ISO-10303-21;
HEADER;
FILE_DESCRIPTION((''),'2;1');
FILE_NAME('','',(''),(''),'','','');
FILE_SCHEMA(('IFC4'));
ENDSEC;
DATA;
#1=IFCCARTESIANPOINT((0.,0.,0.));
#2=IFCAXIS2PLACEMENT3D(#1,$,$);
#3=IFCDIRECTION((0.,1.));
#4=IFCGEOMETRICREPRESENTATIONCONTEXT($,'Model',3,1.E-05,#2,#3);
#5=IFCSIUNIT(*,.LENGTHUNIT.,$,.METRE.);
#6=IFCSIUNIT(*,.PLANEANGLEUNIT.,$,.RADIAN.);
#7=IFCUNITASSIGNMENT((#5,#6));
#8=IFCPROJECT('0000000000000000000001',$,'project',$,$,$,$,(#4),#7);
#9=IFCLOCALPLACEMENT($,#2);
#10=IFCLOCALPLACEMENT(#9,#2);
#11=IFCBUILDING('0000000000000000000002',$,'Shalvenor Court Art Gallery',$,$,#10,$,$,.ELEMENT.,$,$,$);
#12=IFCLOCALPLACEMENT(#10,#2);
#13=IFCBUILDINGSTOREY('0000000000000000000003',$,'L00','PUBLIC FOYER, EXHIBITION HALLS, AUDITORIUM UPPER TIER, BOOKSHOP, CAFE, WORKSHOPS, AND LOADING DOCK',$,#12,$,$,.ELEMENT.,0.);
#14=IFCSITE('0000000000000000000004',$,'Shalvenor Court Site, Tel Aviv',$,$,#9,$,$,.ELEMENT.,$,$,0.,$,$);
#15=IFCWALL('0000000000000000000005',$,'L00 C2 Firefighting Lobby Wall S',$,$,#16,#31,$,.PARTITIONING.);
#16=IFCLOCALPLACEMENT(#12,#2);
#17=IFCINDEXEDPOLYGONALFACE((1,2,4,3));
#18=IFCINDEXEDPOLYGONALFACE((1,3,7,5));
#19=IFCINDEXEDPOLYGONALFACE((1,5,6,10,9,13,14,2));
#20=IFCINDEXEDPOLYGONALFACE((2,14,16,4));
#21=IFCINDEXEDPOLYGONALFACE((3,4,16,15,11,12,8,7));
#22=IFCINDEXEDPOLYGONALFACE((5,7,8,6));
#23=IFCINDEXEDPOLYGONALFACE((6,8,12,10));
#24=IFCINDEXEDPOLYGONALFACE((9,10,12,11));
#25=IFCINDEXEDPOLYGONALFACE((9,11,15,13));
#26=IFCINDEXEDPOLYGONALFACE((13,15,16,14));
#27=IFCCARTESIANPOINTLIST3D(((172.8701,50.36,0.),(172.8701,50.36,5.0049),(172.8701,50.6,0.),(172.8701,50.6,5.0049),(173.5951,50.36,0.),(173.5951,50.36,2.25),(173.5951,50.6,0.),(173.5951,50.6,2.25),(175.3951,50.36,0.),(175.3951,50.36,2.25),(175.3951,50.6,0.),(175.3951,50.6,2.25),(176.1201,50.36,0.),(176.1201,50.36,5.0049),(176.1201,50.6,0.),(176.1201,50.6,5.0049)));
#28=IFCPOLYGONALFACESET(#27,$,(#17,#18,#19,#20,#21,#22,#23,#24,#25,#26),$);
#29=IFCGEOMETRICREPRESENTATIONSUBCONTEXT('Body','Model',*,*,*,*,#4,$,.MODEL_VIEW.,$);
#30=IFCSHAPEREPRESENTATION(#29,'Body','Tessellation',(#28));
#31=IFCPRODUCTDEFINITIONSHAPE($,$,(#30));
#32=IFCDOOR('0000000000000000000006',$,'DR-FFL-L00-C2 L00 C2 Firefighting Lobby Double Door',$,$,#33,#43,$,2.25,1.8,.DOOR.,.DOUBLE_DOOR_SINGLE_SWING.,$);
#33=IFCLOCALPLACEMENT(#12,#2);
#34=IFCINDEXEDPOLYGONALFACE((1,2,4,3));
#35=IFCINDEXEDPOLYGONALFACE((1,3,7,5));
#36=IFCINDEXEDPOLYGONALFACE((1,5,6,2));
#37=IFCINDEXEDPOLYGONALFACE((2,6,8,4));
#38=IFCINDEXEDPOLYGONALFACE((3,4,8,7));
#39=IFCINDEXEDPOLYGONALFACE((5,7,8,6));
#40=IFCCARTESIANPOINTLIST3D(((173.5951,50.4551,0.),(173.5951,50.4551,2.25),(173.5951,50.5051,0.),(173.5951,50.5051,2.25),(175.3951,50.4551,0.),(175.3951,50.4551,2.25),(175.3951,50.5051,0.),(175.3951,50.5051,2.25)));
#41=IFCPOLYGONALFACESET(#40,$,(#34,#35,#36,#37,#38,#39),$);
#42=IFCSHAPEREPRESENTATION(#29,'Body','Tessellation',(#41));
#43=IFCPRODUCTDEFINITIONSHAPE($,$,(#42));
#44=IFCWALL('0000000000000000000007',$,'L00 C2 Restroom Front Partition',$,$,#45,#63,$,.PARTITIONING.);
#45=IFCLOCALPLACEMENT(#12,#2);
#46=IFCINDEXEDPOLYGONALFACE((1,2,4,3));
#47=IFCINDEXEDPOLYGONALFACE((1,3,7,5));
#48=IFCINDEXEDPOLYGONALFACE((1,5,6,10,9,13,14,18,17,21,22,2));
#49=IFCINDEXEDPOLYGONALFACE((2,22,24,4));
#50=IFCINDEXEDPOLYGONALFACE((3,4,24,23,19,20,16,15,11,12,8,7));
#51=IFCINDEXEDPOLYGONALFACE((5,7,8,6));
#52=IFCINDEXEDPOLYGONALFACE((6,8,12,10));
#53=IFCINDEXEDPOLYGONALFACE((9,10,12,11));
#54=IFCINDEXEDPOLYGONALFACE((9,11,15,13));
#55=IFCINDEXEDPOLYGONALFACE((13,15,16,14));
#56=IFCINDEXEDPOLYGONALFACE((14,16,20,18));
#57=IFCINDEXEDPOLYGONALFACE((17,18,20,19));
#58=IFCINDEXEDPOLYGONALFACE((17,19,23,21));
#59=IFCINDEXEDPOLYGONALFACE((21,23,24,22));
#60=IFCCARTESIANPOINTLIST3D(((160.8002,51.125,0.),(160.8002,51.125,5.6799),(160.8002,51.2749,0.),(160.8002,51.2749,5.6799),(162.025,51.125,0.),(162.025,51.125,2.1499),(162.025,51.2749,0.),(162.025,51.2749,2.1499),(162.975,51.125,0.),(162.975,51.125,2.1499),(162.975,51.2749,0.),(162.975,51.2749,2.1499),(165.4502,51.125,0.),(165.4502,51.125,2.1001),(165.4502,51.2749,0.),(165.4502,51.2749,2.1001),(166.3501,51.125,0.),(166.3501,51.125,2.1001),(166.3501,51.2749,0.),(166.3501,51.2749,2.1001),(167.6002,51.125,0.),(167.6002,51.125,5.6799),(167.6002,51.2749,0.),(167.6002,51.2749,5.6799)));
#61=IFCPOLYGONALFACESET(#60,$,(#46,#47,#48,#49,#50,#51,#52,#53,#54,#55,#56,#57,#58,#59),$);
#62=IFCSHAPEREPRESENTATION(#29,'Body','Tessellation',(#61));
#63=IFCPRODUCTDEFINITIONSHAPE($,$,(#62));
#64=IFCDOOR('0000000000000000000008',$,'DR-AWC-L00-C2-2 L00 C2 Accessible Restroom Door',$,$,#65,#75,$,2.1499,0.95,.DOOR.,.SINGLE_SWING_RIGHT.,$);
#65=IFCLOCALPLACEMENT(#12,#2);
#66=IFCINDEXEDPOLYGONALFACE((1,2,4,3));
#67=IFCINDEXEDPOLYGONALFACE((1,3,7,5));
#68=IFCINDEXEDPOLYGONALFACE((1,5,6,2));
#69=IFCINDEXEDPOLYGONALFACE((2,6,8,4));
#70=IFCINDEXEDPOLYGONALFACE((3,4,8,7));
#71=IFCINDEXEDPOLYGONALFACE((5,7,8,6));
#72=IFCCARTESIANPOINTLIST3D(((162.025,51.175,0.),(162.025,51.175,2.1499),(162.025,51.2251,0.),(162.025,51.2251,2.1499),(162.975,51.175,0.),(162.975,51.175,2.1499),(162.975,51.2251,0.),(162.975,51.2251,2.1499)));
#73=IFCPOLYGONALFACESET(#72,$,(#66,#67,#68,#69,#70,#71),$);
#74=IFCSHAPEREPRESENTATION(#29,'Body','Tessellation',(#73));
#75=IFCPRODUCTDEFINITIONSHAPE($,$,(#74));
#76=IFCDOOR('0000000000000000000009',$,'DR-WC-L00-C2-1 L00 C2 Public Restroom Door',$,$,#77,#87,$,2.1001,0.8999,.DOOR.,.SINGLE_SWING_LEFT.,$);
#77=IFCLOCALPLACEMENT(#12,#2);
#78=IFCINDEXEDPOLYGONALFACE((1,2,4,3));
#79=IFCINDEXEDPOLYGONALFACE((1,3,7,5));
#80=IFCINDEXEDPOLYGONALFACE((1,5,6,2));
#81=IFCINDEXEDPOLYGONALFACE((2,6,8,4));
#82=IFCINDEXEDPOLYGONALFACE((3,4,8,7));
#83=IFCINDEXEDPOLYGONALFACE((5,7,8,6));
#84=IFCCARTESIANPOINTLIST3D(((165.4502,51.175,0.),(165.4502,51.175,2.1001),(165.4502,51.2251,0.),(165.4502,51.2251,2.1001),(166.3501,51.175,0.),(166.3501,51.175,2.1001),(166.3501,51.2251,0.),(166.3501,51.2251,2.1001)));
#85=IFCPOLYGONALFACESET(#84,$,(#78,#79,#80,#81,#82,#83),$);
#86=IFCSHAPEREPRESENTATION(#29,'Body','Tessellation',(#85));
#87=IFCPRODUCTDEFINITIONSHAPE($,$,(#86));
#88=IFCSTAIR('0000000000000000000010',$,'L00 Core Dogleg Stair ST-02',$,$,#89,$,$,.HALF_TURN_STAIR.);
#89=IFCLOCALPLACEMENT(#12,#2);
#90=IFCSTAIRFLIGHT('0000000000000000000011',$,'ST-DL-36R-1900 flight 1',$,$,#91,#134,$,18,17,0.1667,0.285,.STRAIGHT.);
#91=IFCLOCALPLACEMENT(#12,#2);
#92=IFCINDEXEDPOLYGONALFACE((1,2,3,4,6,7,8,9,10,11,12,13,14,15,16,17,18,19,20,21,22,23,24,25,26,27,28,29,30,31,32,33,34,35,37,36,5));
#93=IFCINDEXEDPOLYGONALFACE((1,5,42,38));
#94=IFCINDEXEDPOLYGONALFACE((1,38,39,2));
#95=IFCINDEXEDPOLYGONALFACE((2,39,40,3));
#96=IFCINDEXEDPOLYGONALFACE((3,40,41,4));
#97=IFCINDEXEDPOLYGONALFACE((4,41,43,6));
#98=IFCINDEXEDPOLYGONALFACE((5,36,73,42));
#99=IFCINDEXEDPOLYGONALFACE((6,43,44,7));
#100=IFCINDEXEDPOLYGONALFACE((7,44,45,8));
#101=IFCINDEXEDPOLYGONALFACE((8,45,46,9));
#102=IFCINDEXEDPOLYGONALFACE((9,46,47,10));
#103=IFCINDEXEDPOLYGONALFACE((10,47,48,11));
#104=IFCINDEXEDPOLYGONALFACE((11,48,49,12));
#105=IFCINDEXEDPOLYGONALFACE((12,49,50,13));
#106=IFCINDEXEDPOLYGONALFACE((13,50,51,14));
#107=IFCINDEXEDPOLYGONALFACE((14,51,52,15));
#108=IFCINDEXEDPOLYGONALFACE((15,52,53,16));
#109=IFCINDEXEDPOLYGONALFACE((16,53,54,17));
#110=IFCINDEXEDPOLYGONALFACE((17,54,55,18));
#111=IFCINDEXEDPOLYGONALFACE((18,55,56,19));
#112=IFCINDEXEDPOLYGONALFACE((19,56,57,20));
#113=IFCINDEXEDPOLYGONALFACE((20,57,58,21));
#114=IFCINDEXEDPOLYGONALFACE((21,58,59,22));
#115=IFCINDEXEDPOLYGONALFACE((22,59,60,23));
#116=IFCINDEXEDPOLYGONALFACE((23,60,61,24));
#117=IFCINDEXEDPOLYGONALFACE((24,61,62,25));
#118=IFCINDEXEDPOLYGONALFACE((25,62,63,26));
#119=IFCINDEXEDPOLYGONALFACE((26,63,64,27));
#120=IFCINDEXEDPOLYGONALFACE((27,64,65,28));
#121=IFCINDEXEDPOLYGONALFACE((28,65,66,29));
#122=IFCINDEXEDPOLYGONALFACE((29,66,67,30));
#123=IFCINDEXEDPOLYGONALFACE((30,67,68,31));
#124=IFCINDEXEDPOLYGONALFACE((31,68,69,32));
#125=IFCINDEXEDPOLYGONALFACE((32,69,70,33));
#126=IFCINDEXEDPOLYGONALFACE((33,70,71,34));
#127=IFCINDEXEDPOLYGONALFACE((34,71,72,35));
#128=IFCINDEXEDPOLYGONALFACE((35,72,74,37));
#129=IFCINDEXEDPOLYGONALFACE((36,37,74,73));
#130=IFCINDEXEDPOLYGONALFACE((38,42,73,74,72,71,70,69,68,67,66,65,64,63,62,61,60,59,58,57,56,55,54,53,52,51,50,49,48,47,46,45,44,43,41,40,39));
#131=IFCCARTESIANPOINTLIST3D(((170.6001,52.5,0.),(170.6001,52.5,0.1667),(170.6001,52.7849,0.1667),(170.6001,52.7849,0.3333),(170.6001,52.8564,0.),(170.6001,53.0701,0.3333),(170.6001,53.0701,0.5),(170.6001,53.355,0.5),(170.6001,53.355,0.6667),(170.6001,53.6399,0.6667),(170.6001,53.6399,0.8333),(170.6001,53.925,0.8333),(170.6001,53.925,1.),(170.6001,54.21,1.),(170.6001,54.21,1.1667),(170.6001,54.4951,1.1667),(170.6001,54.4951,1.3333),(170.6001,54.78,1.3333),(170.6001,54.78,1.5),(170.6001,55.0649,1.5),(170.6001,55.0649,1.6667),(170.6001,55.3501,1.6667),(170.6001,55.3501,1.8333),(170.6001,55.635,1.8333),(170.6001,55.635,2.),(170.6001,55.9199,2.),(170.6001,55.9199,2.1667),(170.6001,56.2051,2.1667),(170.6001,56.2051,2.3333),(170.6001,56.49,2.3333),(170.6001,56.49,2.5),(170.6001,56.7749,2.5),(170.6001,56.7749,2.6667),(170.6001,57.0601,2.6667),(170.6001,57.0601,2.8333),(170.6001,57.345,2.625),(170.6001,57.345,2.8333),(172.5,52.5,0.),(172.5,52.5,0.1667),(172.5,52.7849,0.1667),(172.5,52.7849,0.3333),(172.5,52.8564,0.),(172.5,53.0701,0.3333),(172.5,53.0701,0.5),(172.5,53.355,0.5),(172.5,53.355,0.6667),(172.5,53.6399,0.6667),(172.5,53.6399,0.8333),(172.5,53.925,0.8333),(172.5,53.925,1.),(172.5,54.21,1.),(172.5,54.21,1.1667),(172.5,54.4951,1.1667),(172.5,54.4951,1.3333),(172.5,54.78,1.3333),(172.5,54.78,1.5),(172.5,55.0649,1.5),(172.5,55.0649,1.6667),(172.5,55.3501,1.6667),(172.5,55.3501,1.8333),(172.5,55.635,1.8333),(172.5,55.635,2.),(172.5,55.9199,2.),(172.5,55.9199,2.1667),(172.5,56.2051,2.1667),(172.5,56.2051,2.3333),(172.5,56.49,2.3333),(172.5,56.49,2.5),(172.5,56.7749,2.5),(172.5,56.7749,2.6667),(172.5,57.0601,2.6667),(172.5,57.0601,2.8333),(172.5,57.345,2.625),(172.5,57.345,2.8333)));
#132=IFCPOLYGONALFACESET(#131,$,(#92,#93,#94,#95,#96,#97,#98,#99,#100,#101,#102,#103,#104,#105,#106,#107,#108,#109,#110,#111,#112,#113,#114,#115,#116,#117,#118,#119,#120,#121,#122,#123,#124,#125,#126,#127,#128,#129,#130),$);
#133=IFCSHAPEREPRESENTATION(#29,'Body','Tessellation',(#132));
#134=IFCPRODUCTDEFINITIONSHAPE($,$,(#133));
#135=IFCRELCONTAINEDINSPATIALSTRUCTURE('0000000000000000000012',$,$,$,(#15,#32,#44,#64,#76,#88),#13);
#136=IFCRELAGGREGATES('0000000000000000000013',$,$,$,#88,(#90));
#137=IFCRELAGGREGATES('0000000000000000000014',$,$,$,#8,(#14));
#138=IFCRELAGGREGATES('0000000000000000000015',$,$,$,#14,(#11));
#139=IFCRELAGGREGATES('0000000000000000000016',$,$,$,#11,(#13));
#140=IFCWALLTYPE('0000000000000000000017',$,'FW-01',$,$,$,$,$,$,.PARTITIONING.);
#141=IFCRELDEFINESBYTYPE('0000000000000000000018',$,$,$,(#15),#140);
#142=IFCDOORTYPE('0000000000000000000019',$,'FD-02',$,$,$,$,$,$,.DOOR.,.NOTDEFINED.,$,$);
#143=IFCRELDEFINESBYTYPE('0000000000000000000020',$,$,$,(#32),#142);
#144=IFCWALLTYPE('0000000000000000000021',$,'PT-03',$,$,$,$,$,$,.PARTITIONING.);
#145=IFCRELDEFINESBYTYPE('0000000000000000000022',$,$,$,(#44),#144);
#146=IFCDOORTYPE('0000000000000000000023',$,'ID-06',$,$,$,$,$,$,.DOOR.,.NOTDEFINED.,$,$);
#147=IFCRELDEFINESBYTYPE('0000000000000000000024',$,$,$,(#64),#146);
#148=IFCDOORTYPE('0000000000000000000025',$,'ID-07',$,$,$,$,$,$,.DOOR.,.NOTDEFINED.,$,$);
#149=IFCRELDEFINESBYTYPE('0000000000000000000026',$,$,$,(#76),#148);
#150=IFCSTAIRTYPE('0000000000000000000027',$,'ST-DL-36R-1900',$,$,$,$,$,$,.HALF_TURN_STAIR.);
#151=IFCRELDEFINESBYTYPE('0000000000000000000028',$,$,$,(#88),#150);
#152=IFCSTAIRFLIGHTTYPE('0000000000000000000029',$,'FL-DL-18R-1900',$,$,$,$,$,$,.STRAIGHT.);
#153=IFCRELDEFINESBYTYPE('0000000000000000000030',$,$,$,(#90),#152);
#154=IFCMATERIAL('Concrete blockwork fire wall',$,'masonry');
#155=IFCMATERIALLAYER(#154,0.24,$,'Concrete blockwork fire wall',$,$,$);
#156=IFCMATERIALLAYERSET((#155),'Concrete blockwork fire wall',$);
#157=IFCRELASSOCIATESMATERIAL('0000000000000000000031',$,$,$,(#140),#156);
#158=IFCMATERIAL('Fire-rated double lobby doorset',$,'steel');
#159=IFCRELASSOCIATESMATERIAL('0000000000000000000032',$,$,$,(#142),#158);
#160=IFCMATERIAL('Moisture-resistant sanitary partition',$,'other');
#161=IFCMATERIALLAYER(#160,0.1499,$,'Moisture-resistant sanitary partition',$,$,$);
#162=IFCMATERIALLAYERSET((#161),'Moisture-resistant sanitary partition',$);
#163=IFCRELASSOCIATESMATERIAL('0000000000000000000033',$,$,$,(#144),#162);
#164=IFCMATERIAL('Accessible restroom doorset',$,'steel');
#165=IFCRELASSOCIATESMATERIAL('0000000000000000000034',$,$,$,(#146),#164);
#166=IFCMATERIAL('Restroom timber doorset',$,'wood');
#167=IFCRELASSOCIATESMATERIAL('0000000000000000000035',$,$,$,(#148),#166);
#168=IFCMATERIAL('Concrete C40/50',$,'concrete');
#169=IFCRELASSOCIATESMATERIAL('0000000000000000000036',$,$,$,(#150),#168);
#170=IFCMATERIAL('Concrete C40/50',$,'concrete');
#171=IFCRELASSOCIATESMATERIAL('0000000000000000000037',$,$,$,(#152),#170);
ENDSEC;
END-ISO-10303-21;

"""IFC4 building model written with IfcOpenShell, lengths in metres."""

from ifc_helpers import new_model, si_unit, direction, frame, frame_2d, origin, place, context, subcontext, project, spatial, polyline, rectangle, outline, extrude, material, layer, layer_set, type_object, element, fill, aggregate, save


model = new_model("IFC4")

# Units and contexts
model_context = context("Model", 3, precision=1e-05, world=origin(), true_north=direction((0.0, 1.0)))
body_context = subcontext(model_context, "Body", "Model", "MODEL_VIEW")
ifc_project = project(units=[si_unit("LENGTHUNIT", "METRE"), si_unit("PLANEANGLEUNIT", "RADIAN")], contexts=[model_context])

# Site, building, storey
site_placement = place(None, origin())
site = spatial("IfcSite", under=ifc_project, at=site_placement, Name="Shalvenor Court Site, Tel Aviv", CompositionType="ELEMENT", RefElevation=0.0)
building_placement = place(site_placement, origin())
building = spatial("IfcBuilding", under=site, at=building_placement, Name="Shalvenor Court Art Gallery", CompositionType="ELEMENT")
storey_placement = place(building_placement, origin())
storey = spatial("IfcBuildingStorey", under=building, at=storey_placement, Name="L00", Description="PUBLIC FOYER, EXHIBITION HALLS, AUDITORIUM UPPER TIER, BOOKSHOP, CAFE, WORKSHOPS, AND LOADING DOCK", CompositionType="ELEMENT", Elevation=0.0)

# Wall, opening, door
ifc_material_1 = material(Name="Concrete blockwork fire wall", Category="masonry")
ifc_layer_1 = layer(ifc_material_1, 0.24, Name="Concrete blockwork fire wall")
ifc_layer_set_1 = layer_set([ifc_layer_1], Name="Concrete blockwork fire wall")
wall_type_1 = type_object("IfcWallType", Name="FW-01", PredefinedType="PARTITIONING", material=ifc_layer_set_1)
wall_1_placement = place(storey_placement, frame((176.1201, 50.48, 0.0), z_axis=(0.0, 0.0, 1.0), x_axis=(-1.0, 0.0, 0.0)))
wall_1 = element("IfcWall", 1, at=wall_1_placement, inside=storey, type_object=wall_type_1, Name="L00 C2 Firefighting Lobby Wall S", PredefinedType="PARTITIONING", context=body_context, shape_type="SweptSolid", body=[
    extrude(rectangle(XDim=3.25, YDim=0.24, at=frame_2d((1.625, 0.0))), origin(), (0.0, 0.0, 1.0), 5.0049),
])
opening_1_placement = place(wall_1_placement, frame((0.7251, 0.0, 0.0)))
opening_1 = element("IfcOpeningElement", 2, at=opening_1_placement, cuts=wall_1, PredefinedType="OPENING", context=body_context, shape_type="SweptSolid", body=[
    extrude(rectangle(XDim=1.8, YDim=2.25, at=frame_2d((0.8999, 1.125))), frame((0.0, 0.1299, 0.0), z_axis=(0.0, -1.0, 0.0), x_axis=(1.0, 0.0, 0.0)), (0.0, 0.0, 1.0), 0.26),
])
ifc_material_2 = material(Name="Fire-rated double lobby doorset", Category="steel")
door_type_1 = type_object("IfcDoorType", Name="FD-02", OperationType="NOTDEFINED", PredefinedType="DOOR", material=ifc_material_2)
door_1_placement = place(opening_1_placement, origin())
door_1 = element("IfcDoor", 3, at=door_1_placement, inside=storey, type_object=door_type_1, Name="DR-FFL-L00-C2 L00 C2 Firefighting Lobby Double Door", OperationType="DOUBLE_DOOR_SINGLE_SWING", OverallHeight=2.25, OverallWidth=1.8, PredefinedType="DOOR", context=body_context, shape_type="SweptSolid", body=[
    extrude(rectangle(XDim=1.8, YDim=2.25, at=frame_2d((0.8999, 1.125))), frame((0.0, 0.0249, 0.0), z_axis=(0.0, -1.0, 0.0), x_axis=(1.0, 0.0, 0.0)), (0.0, 0.0, 1.0), 0.05),
])
fill(opening_1, door_1)

# Wall, openings, doors
ifc_material_3 = material(Name="Moisture-resistant sanitary partition", Category="other")
ifc_layer_2 = layer(ifc_material_3, 0.1499, Name="Moisture-resistant sanitary partition")
ifc_layer_set_2 = layer_set([ifc_layer_2], Name="Moisture-resistant sanitary partition")
wall_type_2 = type_object("IfcWallType", Name="PT-03", PredefinedType="PARTITIONING", material=ifc_layer_set_2)
wall_2_placement = place(storey_placement, frame((167.6001, 51.2, 0.0), z_axis=(0.0, 0.0, 1.0), x_axis=(-1.0, 0.0, 0.0)))
wall_2 = element("IfcWall", 4, at=wall_2_placement, inside=storey, type_object=wall_type_2, Name="L00 C2 Restroom Front Partition", PredefinedType="PARTITIONING", context=body_context, shape_type="SweptSolid", body=[
    extrude(rectangle(XDim=6.8, YDim=0.1499, at=frame_2d((3.3999, 0.0))), origin(), (0.0, 0.0, 1.0), 5.6799),
])
opening_2_placement = place(wall_2_placement, frame((1.25, 0.0, 0.0)))
opening_2 = element("IfcOpeningElement", 5, at=opening_2_placement, cuts=wall_2, PredefinedType="OPENING", context=body_context, shape_type="SweptSolid", body=[
    extrude(rectangle(XDim=0.8999, YDim=2.1001, at=frame_2d((0.45, 1.05))), frame((0.0, 0.085, 0.0), z_axis=(0.0, -1.0, 0.0), x_axis=(1.0, 0.0, 0.0)), (0.0, 0.0, 1.0), 0.1699),
])
opening_3_placement = place(wall_2_placement, frame((4.625, 0.0, 0.0)))
opening_3 = element("IfcOpeningElement", 6, at=opening_3_placement, cuts=wall_2, PredefinedType="OPENING", context=body_context, shape_type="SweptSolid", body=[
    extrude(rectangle(XDim=0.95, YDim=2.1499, at=frame_2d((0.4751, 1.075))), frame((0.0, 0.085, 0.0), z_axis=(0.0, -1.0, 0.0), x_axis=(1.0, 0.0, 0.0)), (0.0, 0.0, 1.0), 0.1699),
])
ifc_material_4 = material(Name="Accessible restroom doorset", Category="steel")
door_type_2 = type_object("IfcDoorType", Name="ID-06", OperationType="NOTDEFINED", PredefinedType="DOOR", material=ifc_material_4)
door_2_placement = place(opening_3_placement, origin())
door_2 = element("IfcDoor", 7, at=door_2_placement, inside=storey, type_object=door_type_2, Name="DR-AWC-L00-C2-2 L00 C2 Accessible Restroom Door", OperationType="SINGLE_SWING_RIGHT", OverallHeight=2.1499, OverallWidth=0.95, PredefinedType="DOOR", context=body_context, shape_type="SweptSolid", body=[
    extrude(rectangle(XDim=0.95, YDim=2.1499, at=frame_2d((0.4751, 1.075))), frame((0.0, 0.0249, 0.0), z_axis=(0.0, -1.0, 0.0), x_axis=(1.0, 0.0, 0.0)), (0.0, 0.0, 1.0), 0.05),
])
fill(opening_3, door_2)
ifc_material_5 = material(Name="Restroom timber doorset", Category="wood")
door_type_3 = type_object("IfcDoorType", Name="ID-07", OperationType="NOTDEFINED", PredefinedType="DOOR", material=ifc_material_5)
door_3_placement = place(opening_2_placement, origin())
door_3 = element("IfcDoor", 8, at=door_3_placement, inside=storey, type_object=door_type_3, Name="DR-WC-L00-C2-1 L00 C2 Public Restroom Door", OperationType="SINGLE_SWING_LEFT", OverallHeight=2.1001, OverallWidth=0.8999, PredefinedType="DOOR", context=body_context, shape_type="SweptSolid", body=[
    extrude(rectangle(XDim=0.8999, YDim=2.1001, at=frame_2d((0.45, 1.05))), frame((0.0, 0.0249, 0.0), z_axis=(0.0, -1.0, 0.0), x_axis=(1.0, 0.0, 0.0)), (0.0, 0.0, 1.0), 0.05),
])
fill(opening_2, door_3)

# Stair, stair flight
ifc_material_6 = material(Name="Concrete C40/50", Category="concrete")
stair_type = type_object("IfcStairType", Name="ST-DL-36R-1900", PredefinedType="HALF_TURN_STAIR", material=ifc_material_6)
stair_placement = place(storey_placement, origin())
stair = element("IfcStair", 9, at=stair_placement, inside=storey, type_object=stair_type, Name="L00 Core Dogleg Stair ST-02", PredefinedType="HALF_TURN_STAIR")
ifc_material_7 = material(Name="Concrete C40/50", Category="concrete")
stair_flight_type = type_object("IfcStairFlightType", Name="FL-DL-18R-1900", PredefinedType="STRAIGHT", material=ifc_material_7)
stair_flight_placement = place(storey_placement, frame((171.55, 52.5, 0.0), z_axis=(0.0, 0.0, 1.0), x_axis=(0.0, 1.0, 0.0)))
stair_flight = element("IfcStairFlight", 10, at=stair_flight_placement, type_object=stair_flight_type, Name="ST-DL-36R-1900 flight 1", NumberOfRisers=18, NumberOfTreads=17, PredefinedType="STRAIGHT", RiserHeight=0.1667, TreadLength=0.285, context=body_context, shape_type="SweptSolid", body=[
    extrude(outline(polyline([(0.0, 0.0), (0.0, 0.1667), (0.2849, 0.1667), (0.2849, 0.3333), (0.5701, 0.3333), (0.5701, 0.5), (0.855, 0.5), (0.855, 0.6667), (1.1399, 0.6667), (1.1399, 0.8333), (1.425, 0.8333), (1.425, 1.0), (1.71, 1.0), (1.71, 1.1667), (1.9951, 1.1667), (1.9951, 1.3333), (2.28, 1.3333), (2.28, 1.5), (2.5649, 1.5), (2.5649, 1.6667), (2.8501, 1.6667), (2.8501, 1.8333), (3.135, 1.8333), (3.135, 2.0), (3.4199, 2.0), (3.4199, 2.1667), (3.7051, 2.1667), (3.7051, 2.3333), (3.99, 2.3333), (3.99, 2.5), (4.2749, 2.5), (4.2749, 2.6667), (4.5601, 2.6667), (4.5601, 2.8333), (4.845, 2.8333), (4.845, 3.0), (4.845, 2.625), (0.3564, 0.0), (0.0, 0.0)])), frame((0.0, 0.95, 0.0), z_axis=(0.0, -1.0, 0.0), x_axis=(1.0, 0.0, 0.0)), (0.0, 0.0, 1.0), 1.8999),
])
aggregate(stair, [stair_flight])

save(model, "model.ifc")
